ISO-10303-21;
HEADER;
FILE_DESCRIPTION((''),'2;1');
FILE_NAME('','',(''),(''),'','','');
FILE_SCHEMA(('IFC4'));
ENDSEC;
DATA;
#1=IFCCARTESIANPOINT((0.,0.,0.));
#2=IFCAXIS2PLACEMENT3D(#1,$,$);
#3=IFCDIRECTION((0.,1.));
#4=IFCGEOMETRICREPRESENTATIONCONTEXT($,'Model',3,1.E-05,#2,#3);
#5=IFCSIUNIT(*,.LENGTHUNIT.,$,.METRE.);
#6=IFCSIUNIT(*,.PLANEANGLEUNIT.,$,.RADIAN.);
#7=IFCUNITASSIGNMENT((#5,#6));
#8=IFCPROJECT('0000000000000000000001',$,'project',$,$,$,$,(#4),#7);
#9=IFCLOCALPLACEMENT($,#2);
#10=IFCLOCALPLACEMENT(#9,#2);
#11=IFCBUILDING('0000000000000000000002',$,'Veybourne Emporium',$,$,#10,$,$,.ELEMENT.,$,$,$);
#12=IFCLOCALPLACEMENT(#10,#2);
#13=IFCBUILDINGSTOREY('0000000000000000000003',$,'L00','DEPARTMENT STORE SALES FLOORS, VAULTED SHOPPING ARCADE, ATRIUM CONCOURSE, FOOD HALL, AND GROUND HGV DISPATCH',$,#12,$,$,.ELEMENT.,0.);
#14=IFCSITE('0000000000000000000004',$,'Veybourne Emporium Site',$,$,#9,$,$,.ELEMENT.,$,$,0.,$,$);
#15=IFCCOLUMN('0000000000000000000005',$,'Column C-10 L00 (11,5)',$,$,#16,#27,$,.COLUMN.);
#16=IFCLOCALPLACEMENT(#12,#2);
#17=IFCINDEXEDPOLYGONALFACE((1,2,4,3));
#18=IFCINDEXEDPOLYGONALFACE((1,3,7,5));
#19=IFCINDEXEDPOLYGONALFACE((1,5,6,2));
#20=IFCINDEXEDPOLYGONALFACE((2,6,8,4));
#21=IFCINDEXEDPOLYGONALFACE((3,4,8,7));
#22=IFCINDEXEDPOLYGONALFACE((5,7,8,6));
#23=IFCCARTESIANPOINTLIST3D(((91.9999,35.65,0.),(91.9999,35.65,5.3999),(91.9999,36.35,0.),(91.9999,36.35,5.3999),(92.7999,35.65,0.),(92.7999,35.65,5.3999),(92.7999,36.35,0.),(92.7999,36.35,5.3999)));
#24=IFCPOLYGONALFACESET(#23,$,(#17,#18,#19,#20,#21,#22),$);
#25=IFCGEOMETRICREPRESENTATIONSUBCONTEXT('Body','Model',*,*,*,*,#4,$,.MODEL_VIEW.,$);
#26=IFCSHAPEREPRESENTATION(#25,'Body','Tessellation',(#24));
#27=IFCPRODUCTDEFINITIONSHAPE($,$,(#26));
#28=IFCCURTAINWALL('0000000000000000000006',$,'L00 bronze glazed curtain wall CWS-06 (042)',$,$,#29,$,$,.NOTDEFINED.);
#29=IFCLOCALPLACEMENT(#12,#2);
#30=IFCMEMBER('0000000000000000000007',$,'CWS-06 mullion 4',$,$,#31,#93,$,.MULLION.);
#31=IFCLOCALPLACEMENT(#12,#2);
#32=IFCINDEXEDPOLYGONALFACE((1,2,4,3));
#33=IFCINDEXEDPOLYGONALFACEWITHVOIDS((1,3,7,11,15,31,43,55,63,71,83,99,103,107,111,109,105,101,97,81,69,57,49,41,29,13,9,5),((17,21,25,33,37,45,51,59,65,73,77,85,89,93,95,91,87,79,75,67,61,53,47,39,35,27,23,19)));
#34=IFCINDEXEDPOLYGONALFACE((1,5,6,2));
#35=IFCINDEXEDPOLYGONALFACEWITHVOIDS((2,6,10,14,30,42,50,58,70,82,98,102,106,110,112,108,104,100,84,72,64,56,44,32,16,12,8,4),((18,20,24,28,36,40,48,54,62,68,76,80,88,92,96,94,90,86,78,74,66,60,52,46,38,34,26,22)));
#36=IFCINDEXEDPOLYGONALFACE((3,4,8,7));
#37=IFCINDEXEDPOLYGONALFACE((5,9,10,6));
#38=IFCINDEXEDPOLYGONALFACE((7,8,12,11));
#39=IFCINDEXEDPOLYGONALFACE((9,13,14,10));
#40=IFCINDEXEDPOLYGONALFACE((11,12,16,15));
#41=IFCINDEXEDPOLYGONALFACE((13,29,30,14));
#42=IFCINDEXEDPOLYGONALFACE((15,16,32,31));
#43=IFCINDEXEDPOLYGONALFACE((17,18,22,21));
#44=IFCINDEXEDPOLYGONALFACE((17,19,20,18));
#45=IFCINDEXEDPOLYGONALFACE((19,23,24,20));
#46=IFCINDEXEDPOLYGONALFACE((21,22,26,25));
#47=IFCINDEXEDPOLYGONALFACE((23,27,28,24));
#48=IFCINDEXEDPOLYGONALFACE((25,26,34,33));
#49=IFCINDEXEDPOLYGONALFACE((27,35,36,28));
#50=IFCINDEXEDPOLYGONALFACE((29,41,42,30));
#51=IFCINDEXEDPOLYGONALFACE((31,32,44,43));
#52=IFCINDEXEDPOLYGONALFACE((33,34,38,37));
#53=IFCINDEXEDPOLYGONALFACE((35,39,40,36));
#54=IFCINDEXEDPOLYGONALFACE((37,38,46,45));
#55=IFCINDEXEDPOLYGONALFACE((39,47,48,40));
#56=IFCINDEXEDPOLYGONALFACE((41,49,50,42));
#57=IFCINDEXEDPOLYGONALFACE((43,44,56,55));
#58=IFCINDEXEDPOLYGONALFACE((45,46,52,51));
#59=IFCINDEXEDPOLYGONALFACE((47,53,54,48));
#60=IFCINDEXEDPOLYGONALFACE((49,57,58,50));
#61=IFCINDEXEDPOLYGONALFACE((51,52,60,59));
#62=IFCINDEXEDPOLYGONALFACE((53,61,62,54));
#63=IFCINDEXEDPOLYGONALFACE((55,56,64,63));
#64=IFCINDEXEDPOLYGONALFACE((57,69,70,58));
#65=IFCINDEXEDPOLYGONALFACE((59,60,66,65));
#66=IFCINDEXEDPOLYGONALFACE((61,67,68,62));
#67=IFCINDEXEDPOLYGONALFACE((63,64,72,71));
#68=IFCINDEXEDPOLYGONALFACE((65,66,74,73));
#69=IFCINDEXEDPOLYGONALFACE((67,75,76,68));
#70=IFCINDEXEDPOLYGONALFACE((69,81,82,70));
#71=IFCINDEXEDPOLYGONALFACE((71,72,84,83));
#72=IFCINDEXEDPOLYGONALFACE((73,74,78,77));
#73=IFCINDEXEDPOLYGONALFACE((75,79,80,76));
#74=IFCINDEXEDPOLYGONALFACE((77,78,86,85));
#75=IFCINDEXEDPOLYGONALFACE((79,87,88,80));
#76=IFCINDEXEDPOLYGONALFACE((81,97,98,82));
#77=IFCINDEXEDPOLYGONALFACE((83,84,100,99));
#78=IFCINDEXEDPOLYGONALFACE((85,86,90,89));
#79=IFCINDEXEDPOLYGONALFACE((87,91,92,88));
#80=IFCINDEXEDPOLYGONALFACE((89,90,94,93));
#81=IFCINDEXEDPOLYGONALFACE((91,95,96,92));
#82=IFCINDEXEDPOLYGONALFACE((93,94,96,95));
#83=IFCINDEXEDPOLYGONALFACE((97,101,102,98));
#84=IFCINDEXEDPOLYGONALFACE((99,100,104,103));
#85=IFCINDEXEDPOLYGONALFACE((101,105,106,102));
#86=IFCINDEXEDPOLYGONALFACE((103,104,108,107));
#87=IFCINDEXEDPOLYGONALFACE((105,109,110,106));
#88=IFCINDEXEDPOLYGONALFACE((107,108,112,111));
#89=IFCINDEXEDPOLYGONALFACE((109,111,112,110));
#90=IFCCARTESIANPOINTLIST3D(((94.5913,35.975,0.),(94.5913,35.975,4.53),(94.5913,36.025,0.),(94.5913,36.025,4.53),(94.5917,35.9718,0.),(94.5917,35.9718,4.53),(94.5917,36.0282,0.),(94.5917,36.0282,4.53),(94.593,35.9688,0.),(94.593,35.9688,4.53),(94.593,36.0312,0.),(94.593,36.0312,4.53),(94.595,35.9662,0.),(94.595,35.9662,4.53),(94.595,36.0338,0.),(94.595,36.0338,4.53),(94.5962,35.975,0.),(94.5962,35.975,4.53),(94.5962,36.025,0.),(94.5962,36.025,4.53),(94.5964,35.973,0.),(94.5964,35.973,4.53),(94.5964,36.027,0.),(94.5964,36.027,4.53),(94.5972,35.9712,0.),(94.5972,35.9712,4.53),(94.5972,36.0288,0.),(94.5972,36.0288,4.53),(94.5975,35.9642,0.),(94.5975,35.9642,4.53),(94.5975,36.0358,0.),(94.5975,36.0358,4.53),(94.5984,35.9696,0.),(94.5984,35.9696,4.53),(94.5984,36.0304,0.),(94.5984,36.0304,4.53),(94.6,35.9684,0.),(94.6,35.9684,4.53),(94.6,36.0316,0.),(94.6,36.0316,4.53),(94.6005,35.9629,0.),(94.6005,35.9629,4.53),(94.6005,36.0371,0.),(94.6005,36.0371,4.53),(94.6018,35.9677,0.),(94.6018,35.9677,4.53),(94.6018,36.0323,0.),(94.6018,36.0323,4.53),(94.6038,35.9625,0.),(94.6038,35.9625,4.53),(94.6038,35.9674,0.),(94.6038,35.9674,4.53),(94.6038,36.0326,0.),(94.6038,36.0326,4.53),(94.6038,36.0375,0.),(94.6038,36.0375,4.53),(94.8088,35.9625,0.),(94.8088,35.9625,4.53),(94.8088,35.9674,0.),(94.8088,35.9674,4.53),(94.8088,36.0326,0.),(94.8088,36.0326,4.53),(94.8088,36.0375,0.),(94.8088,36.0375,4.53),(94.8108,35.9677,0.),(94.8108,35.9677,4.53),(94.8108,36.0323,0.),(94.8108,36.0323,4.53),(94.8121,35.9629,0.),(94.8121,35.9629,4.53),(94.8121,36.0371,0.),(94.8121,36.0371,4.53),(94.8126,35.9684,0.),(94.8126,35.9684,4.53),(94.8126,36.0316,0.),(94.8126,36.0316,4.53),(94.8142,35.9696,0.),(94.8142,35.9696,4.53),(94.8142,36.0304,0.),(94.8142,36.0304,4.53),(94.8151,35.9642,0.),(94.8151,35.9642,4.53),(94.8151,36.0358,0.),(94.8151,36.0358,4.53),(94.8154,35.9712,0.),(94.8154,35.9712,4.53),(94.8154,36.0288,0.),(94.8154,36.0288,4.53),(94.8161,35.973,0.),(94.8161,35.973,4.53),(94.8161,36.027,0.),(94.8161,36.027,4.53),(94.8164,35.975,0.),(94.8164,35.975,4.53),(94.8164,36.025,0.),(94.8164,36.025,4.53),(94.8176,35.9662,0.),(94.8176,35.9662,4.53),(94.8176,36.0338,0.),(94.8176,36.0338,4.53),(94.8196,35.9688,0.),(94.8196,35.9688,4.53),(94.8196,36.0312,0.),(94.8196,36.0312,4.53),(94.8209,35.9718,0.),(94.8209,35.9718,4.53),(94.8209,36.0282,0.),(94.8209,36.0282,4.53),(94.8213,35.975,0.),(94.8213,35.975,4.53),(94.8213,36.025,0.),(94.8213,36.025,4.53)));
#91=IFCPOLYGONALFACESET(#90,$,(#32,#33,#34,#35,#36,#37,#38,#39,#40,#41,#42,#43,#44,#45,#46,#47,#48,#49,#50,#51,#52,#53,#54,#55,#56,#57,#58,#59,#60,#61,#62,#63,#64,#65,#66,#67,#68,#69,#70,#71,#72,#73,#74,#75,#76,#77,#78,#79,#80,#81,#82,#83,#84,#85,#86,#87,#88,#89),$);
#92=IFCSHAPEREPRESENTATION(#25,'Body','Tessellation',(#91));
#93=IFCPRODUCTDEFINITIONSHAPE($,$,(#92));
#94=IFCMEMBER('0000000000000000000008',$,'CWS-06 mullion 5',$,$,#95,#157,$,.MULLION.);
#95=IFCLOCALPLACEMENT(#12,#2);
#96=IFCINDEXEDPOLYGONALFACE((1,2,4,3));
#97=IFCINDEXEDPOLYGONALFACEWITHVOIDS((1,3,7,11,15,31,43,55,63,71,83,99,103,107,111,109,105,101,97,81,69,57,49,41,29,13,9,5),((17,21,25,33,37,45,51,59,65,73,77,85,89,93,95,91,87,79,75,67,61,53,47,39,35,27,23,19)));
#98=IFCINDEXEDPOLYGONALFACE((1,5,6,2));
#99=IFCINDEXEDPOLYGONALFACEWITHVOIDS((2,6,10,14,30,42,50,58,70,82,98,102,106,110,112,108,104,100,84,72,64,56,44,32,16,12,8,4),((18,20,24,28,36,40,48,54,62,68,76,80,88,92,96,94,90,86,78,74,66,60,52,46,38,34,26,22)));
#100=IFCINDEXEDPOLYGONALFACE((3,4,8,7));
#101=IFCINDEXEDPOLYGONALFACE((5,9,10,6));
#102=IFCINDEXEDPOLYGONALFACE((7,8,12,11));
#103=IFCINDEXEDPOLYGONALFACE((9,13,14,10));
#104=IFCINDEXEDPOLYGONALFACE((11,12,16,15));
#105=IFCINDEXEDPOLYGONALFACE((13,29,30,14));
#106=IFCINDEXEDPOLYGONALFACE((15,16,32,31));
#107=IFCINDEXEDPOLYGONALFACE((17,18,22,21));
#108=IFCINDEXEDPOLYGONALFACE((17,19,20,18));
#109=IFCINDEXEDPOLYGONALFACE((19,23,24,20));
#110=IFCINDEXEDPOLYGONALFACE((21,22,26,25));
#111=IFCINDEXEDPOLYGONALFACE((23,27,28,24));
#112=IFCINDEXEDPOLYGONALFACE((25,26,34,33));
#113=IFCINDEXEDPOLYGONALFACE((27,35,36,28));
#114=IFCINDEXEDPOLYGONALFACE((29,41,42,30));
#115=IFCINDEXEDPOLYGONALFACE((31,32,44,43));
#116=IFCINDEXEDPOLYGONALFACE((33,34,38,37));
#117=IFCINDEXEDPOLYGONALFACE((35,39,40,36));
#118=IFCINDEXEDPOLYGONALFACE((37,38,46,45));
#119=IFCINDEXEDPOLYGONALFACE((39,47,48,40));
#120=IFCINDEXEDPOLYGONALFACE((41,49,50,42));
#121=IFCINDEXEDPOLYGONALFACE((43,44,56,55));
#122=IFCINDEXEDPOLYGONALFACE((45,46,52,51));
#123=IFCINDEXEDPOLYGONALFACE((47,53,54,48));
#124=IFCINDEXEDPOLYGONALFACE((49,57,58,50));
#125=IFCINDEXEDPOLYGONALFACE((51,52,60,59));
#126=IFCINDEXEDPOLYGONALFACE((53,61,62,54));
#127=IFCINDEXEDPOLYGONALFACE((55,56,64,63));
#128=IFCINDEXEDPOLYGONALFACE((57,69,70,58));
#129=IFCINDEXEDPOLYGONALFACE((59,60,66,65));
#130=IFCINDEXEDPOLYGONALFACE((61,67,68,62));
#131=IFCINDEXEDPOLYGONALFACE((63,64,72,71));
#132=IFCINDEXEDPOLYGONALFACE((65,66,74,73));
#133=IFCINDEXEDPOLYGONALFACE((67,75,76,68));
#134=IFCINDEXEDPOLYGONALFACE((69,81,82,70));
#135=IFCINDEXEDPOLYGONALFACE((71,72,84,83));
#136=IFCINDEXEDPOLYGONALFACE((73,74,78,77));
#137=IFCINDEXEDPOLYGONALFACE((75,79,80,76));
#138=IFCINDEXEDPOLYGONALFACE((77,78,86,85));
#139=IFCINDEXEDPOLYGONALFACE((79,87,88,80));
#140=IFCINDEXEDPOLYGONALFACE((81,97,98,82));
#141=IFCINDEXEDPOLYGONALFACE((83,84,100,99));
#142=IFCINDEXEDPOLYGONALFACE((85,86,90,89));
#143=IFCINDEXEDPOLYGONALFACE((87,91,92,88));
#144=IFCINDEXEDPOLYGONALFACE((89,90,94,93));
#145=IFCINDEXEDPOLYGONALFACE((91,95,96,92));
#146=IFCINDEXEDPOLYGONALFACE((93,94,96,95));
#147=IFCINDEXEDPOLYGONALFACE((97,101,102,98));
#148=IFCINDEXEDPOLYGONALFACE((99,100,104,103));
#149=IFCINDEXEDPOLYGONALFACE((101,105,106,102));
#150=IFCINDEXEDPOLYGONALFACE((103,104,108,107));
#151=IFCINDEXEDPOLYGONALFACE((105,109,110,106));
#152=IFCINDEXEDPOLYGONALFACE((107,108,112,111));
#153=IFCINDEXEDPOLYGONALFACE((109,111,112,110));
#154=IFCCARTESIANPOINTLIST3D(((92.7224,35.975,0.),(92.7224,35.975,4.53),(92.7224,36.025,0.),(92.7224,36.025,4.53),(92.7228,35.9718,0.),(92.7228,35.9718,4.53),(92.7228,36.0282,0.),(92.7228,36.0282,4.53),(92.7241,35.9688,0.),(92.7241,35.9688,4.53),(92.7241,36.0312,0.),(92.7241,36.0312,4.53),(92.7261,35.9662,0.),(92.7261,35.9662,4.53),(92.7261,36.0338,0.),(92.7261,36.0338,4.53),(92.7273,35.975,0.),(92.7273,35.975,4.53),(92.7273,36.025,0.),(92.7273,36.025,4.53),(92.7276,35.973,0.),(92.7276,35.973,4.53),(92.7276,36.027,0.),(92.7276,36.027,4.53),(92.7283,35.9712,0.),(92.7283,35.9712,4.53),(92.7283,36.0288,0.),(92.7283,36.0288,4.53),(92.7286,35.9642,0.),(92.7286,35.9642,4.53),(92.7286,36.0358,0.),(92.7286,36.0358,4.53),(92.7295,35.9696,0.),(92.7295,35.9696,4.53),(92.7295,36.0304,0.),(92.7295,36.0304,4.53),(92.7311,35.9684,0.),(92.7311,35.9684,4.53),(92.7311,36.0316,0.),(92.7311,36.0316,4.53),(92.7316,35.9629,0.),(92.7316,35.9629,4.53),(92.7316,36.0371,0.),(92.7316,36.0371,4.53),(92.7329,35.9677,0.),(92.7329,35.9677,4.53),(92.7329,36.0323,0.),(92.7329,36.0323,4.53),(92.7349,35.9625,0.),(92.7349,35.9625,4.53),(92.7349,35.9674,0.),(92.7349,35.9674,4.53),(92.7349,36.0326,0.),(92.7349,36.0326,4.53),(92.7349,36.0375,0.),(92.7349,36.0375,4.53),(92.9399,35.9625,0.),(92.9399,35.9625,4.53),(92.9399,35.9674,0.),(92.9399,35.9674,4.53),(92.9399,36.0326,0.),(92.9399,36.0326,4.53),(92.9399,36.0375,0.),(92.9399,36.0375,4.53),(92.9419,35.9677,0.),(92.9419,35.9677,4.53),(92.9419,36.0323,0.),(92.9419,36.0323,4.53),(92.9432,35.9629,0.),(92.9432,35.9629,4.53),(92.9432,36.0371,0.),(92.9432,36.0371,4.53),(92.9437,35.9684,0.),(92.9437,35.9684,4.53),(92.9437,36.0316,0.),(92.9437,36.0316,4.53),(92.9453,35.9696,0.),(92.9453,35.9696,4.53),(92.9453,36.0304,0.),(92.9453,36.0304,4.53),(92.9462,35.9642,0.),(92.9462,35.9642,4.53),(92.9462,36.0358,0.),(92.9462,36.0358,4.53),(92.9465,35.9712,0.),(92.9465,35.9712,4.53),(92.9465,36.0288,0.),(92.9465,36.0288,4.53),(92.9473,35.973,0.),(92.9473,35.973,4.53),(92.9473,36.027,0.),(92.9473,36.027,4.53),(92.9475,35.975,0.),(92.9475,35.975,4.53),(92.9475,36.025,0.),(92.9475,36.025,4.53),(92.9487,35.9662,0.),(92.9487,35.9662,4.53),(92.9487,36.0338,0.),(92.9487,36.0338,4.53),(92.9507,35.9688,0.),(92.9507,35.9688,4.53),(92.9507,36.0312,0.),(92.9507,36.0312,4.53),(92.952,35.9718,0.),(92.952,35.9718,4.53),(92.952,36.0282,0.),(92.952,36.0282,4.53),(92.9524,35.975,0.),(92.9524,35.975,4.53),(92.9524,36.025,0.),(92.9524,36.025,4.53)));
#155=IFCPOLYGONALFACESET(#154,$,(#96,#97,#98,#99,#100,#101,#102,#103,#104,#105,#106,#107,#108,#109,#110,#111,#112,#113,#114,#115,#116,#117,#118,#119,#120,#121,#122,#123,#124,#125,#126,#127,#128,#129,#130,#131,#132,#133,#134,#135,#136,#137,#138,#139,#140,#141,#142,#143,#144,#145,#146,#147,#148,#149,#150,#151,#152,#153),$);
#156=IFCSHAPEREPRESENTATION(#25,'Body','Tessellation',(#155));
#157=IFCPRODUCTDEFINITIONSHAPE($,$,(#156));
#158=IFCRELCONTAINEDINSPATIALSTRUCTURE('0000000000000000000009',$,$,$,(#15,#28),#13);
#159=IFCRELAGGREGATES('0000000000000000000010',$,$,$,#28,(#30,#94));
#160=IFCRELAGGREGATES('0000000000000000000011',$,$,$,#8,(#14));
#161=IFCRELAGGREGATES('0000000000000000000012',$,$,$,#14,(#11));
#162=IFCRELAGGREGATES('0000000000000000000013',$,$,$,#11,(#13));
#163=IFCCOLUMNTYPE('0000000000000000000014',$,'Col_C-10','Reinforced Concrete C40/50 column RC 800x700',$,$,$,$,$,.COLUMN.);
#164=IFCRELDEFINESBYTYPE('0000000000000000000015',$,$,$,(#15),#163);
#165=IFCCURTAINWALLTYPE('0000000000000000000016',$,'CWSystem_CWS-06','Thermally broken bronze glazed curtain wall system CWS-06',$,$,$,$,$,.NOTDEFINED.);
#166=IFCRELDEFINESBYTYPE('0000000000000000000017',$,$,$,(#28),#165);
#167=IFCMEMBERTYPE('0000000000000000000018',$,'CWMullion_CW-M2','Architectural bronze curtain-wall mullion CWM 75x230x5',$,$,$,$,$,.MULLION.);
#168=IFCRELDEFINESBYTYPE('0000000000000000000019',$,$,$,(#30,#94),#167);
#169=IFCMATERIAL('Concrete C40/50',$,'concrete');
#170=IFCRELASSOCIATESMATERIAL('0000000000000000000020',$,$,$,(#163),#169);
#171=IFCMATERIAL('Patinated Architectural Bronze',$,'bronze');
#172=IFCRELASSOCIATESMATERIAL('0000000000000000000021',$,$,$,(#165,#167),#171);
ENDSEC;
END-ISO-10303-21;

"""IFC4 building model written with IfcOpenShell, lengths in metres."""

from ifc_helpers import new_model, si_unit, direction, frame, origin, origin_2d, place, context, subcontext, project, spatial, rectangle, hollow_rectangle, extrude, material, material_profile, profile_set, type_object, element, aggregate, save


model = new_model("IFC4")

# Units and contexts
model_context = context("Model", 3, precision=1e-05, world=origin(), true_north=direction((0.0, 1.0)))
body_context = subcontext(model_context, "Body", "Model", "MODEL_VIEW")
ifc_project = project(units=[si_unit("LENGTHUNIT", "METRE"), si_unit("PLANEANGLEUNIT", "RADIAN")], contexts=[model_context])

# Site, building, storey
site_placement = place(None, origin())
site = spatial("IfcSite", under=ifc_project, at=site_placement, Name="Veybourne Emporium Site", CompositionType="ELEMENT", RefElevation=0.0)
building_placement = place(site_placement, origin())
building = spatial("IfcBuilding", under=site, at=building_placement, Name="Veybourne Emporium", CompositionType="ELEMENT")
storey_placement = place(building_placement, origin())
storey = spatial("IfcBuildingStorey", under=building, at=storey_placement, Name="L00", Description="DEPARTMENT STORE SALES FLOORS, VAULTED SHOPPING ARCADE, ATRIUM CONCOURSE, FOOD HALL, AND GROUND HGV DISPATCH", CompositionType="ELEMENT", Elevation=0.0)

# Column
ifc_material_1 = material(Name="Concrete C40/50", Category="concrete")
ifc_material_profile_1 = material_profile(ifc_material_1, rectangle(XDim=0.8, YDim=0.7, at=origin_2d()), Name="RC 800x700")
ifc_profile_set_1 = profile_set([ifc_material_profile_1], Name="Concrete C40/50")
column_type = type_object("IfcColumnType", Name="Col_C-10", Description="Reinforced Concrete C40/50 column RC 800x700", PredefinedType="COLUMN", material=ifc_profile_set_1)
column_placement = place(storey_placement, frame((92.3999, 36.0, 0.0), z_axis=(0.0, 0.0, 1.0), x_axis=(1.0, 0.0, 0.0)))
element("IfcColumn", 1, at=column_placement, inside=storey, type_object=column_type, Name="Column C-10 L00 (11,5)", PredefinedType="COLUMN", context=body_context, shape_type="SweptSolid", body=[
    extrude(rectangle(XDim=0.8, YDim=0.7, at=origin_2d()), origin(), (0.0, 0.0, 1.0), 5.3999),
])

# Curtain wall, members
ifc_material_2 = material(Name="Patinated Architectural Bronze", Category="bronze")
curtain_wall_type = type_object("IfcCurtainWallType", Name="CWSystem_CWS-06", Description="Thermally broken bronze glazed curtain wall system CWS-06", PredefinedType="NOTDEFINED", material=ifc_material_2)
curtain_wall_placement = place(storey_placement, origin())
curtain_wall = element("IfcCurtainWall", 2, at=curtain_wall_placement, inside=storey, type_object=curtain_wall_type, Name="L00 bronze glazed curtain wall CWS-06 (042)", PredefinedType="NOTDEFINED")
ifc_material_profile_2 = material_profile(ifc_material_2, hollow_rectangle(XDim=0.075, YDim=0.23, WallThickness=0.0049, InnerFilletRadius=0.0076, OuterFilletRadius=0.0125, at=origin_2d()), Name="CWM 75x230x5")
ifc_profile_set_2 = profile_set([ifc_material_profile_2], Name="Patinated Architectural Bronze")
member_type_1 = type_object("IfcMemberType", Name="CWMullion_CW-M2", Description="Architectural bronze curtain-wall mullion CWM 75x230x5", PredefinedType="MULLION", material=ifc_profile_set_2)
member_1_placement = place(storey_placement, frame((94.7063, 36.0, 0.0), z_axis=(0.0, 0.0, 1.0), x_axis=(0.0, -1.0, 0.0)))
member_1 = element("IfcMember", 3, at=member_1_placement, type_object=member_type_1, Name="CWS-06 mullion 4", PredefinedType="MULLION", context=body_context, shape_type="SweptSolid", body=[
    extrude(hollow_rectangle(XDim=0.075, YDim=0.23, WallThickness=0.0049, InnerFilletRadius=0.0076, OuterFilletRadius=0.0125, at=origin_2d()), origin(), (0.0, 0.0, 1.0), 4.53),
])
member_2_placement = place(storey_placement, frame((92.8374, 36.0, 0.0), z_axis=(0.0, 0.0, 1.0), x_axis=(0.0, -1.0, 0.0)))
member_2 = element("IfcMember", 4, at=member_2_placement, type_object=member_type_1, Name="CWS-06 mullion 5", PredefinedType="MULLION", context=body_context, shape_type="SweptSolid", body=[
    extrude(hollow_rectangle(XDim=0.075, YDim=0.23, WallThickness=0.0049, InnerFilletRadius=0.0076, OuterFilletRadius=0.0125, at=origin_2d()), origin(), (0.0, 0.0, 1.0), 4.53),
])

aggregate(curtain_wall, [member_1, member_2])

save(model, "model.ifc")
